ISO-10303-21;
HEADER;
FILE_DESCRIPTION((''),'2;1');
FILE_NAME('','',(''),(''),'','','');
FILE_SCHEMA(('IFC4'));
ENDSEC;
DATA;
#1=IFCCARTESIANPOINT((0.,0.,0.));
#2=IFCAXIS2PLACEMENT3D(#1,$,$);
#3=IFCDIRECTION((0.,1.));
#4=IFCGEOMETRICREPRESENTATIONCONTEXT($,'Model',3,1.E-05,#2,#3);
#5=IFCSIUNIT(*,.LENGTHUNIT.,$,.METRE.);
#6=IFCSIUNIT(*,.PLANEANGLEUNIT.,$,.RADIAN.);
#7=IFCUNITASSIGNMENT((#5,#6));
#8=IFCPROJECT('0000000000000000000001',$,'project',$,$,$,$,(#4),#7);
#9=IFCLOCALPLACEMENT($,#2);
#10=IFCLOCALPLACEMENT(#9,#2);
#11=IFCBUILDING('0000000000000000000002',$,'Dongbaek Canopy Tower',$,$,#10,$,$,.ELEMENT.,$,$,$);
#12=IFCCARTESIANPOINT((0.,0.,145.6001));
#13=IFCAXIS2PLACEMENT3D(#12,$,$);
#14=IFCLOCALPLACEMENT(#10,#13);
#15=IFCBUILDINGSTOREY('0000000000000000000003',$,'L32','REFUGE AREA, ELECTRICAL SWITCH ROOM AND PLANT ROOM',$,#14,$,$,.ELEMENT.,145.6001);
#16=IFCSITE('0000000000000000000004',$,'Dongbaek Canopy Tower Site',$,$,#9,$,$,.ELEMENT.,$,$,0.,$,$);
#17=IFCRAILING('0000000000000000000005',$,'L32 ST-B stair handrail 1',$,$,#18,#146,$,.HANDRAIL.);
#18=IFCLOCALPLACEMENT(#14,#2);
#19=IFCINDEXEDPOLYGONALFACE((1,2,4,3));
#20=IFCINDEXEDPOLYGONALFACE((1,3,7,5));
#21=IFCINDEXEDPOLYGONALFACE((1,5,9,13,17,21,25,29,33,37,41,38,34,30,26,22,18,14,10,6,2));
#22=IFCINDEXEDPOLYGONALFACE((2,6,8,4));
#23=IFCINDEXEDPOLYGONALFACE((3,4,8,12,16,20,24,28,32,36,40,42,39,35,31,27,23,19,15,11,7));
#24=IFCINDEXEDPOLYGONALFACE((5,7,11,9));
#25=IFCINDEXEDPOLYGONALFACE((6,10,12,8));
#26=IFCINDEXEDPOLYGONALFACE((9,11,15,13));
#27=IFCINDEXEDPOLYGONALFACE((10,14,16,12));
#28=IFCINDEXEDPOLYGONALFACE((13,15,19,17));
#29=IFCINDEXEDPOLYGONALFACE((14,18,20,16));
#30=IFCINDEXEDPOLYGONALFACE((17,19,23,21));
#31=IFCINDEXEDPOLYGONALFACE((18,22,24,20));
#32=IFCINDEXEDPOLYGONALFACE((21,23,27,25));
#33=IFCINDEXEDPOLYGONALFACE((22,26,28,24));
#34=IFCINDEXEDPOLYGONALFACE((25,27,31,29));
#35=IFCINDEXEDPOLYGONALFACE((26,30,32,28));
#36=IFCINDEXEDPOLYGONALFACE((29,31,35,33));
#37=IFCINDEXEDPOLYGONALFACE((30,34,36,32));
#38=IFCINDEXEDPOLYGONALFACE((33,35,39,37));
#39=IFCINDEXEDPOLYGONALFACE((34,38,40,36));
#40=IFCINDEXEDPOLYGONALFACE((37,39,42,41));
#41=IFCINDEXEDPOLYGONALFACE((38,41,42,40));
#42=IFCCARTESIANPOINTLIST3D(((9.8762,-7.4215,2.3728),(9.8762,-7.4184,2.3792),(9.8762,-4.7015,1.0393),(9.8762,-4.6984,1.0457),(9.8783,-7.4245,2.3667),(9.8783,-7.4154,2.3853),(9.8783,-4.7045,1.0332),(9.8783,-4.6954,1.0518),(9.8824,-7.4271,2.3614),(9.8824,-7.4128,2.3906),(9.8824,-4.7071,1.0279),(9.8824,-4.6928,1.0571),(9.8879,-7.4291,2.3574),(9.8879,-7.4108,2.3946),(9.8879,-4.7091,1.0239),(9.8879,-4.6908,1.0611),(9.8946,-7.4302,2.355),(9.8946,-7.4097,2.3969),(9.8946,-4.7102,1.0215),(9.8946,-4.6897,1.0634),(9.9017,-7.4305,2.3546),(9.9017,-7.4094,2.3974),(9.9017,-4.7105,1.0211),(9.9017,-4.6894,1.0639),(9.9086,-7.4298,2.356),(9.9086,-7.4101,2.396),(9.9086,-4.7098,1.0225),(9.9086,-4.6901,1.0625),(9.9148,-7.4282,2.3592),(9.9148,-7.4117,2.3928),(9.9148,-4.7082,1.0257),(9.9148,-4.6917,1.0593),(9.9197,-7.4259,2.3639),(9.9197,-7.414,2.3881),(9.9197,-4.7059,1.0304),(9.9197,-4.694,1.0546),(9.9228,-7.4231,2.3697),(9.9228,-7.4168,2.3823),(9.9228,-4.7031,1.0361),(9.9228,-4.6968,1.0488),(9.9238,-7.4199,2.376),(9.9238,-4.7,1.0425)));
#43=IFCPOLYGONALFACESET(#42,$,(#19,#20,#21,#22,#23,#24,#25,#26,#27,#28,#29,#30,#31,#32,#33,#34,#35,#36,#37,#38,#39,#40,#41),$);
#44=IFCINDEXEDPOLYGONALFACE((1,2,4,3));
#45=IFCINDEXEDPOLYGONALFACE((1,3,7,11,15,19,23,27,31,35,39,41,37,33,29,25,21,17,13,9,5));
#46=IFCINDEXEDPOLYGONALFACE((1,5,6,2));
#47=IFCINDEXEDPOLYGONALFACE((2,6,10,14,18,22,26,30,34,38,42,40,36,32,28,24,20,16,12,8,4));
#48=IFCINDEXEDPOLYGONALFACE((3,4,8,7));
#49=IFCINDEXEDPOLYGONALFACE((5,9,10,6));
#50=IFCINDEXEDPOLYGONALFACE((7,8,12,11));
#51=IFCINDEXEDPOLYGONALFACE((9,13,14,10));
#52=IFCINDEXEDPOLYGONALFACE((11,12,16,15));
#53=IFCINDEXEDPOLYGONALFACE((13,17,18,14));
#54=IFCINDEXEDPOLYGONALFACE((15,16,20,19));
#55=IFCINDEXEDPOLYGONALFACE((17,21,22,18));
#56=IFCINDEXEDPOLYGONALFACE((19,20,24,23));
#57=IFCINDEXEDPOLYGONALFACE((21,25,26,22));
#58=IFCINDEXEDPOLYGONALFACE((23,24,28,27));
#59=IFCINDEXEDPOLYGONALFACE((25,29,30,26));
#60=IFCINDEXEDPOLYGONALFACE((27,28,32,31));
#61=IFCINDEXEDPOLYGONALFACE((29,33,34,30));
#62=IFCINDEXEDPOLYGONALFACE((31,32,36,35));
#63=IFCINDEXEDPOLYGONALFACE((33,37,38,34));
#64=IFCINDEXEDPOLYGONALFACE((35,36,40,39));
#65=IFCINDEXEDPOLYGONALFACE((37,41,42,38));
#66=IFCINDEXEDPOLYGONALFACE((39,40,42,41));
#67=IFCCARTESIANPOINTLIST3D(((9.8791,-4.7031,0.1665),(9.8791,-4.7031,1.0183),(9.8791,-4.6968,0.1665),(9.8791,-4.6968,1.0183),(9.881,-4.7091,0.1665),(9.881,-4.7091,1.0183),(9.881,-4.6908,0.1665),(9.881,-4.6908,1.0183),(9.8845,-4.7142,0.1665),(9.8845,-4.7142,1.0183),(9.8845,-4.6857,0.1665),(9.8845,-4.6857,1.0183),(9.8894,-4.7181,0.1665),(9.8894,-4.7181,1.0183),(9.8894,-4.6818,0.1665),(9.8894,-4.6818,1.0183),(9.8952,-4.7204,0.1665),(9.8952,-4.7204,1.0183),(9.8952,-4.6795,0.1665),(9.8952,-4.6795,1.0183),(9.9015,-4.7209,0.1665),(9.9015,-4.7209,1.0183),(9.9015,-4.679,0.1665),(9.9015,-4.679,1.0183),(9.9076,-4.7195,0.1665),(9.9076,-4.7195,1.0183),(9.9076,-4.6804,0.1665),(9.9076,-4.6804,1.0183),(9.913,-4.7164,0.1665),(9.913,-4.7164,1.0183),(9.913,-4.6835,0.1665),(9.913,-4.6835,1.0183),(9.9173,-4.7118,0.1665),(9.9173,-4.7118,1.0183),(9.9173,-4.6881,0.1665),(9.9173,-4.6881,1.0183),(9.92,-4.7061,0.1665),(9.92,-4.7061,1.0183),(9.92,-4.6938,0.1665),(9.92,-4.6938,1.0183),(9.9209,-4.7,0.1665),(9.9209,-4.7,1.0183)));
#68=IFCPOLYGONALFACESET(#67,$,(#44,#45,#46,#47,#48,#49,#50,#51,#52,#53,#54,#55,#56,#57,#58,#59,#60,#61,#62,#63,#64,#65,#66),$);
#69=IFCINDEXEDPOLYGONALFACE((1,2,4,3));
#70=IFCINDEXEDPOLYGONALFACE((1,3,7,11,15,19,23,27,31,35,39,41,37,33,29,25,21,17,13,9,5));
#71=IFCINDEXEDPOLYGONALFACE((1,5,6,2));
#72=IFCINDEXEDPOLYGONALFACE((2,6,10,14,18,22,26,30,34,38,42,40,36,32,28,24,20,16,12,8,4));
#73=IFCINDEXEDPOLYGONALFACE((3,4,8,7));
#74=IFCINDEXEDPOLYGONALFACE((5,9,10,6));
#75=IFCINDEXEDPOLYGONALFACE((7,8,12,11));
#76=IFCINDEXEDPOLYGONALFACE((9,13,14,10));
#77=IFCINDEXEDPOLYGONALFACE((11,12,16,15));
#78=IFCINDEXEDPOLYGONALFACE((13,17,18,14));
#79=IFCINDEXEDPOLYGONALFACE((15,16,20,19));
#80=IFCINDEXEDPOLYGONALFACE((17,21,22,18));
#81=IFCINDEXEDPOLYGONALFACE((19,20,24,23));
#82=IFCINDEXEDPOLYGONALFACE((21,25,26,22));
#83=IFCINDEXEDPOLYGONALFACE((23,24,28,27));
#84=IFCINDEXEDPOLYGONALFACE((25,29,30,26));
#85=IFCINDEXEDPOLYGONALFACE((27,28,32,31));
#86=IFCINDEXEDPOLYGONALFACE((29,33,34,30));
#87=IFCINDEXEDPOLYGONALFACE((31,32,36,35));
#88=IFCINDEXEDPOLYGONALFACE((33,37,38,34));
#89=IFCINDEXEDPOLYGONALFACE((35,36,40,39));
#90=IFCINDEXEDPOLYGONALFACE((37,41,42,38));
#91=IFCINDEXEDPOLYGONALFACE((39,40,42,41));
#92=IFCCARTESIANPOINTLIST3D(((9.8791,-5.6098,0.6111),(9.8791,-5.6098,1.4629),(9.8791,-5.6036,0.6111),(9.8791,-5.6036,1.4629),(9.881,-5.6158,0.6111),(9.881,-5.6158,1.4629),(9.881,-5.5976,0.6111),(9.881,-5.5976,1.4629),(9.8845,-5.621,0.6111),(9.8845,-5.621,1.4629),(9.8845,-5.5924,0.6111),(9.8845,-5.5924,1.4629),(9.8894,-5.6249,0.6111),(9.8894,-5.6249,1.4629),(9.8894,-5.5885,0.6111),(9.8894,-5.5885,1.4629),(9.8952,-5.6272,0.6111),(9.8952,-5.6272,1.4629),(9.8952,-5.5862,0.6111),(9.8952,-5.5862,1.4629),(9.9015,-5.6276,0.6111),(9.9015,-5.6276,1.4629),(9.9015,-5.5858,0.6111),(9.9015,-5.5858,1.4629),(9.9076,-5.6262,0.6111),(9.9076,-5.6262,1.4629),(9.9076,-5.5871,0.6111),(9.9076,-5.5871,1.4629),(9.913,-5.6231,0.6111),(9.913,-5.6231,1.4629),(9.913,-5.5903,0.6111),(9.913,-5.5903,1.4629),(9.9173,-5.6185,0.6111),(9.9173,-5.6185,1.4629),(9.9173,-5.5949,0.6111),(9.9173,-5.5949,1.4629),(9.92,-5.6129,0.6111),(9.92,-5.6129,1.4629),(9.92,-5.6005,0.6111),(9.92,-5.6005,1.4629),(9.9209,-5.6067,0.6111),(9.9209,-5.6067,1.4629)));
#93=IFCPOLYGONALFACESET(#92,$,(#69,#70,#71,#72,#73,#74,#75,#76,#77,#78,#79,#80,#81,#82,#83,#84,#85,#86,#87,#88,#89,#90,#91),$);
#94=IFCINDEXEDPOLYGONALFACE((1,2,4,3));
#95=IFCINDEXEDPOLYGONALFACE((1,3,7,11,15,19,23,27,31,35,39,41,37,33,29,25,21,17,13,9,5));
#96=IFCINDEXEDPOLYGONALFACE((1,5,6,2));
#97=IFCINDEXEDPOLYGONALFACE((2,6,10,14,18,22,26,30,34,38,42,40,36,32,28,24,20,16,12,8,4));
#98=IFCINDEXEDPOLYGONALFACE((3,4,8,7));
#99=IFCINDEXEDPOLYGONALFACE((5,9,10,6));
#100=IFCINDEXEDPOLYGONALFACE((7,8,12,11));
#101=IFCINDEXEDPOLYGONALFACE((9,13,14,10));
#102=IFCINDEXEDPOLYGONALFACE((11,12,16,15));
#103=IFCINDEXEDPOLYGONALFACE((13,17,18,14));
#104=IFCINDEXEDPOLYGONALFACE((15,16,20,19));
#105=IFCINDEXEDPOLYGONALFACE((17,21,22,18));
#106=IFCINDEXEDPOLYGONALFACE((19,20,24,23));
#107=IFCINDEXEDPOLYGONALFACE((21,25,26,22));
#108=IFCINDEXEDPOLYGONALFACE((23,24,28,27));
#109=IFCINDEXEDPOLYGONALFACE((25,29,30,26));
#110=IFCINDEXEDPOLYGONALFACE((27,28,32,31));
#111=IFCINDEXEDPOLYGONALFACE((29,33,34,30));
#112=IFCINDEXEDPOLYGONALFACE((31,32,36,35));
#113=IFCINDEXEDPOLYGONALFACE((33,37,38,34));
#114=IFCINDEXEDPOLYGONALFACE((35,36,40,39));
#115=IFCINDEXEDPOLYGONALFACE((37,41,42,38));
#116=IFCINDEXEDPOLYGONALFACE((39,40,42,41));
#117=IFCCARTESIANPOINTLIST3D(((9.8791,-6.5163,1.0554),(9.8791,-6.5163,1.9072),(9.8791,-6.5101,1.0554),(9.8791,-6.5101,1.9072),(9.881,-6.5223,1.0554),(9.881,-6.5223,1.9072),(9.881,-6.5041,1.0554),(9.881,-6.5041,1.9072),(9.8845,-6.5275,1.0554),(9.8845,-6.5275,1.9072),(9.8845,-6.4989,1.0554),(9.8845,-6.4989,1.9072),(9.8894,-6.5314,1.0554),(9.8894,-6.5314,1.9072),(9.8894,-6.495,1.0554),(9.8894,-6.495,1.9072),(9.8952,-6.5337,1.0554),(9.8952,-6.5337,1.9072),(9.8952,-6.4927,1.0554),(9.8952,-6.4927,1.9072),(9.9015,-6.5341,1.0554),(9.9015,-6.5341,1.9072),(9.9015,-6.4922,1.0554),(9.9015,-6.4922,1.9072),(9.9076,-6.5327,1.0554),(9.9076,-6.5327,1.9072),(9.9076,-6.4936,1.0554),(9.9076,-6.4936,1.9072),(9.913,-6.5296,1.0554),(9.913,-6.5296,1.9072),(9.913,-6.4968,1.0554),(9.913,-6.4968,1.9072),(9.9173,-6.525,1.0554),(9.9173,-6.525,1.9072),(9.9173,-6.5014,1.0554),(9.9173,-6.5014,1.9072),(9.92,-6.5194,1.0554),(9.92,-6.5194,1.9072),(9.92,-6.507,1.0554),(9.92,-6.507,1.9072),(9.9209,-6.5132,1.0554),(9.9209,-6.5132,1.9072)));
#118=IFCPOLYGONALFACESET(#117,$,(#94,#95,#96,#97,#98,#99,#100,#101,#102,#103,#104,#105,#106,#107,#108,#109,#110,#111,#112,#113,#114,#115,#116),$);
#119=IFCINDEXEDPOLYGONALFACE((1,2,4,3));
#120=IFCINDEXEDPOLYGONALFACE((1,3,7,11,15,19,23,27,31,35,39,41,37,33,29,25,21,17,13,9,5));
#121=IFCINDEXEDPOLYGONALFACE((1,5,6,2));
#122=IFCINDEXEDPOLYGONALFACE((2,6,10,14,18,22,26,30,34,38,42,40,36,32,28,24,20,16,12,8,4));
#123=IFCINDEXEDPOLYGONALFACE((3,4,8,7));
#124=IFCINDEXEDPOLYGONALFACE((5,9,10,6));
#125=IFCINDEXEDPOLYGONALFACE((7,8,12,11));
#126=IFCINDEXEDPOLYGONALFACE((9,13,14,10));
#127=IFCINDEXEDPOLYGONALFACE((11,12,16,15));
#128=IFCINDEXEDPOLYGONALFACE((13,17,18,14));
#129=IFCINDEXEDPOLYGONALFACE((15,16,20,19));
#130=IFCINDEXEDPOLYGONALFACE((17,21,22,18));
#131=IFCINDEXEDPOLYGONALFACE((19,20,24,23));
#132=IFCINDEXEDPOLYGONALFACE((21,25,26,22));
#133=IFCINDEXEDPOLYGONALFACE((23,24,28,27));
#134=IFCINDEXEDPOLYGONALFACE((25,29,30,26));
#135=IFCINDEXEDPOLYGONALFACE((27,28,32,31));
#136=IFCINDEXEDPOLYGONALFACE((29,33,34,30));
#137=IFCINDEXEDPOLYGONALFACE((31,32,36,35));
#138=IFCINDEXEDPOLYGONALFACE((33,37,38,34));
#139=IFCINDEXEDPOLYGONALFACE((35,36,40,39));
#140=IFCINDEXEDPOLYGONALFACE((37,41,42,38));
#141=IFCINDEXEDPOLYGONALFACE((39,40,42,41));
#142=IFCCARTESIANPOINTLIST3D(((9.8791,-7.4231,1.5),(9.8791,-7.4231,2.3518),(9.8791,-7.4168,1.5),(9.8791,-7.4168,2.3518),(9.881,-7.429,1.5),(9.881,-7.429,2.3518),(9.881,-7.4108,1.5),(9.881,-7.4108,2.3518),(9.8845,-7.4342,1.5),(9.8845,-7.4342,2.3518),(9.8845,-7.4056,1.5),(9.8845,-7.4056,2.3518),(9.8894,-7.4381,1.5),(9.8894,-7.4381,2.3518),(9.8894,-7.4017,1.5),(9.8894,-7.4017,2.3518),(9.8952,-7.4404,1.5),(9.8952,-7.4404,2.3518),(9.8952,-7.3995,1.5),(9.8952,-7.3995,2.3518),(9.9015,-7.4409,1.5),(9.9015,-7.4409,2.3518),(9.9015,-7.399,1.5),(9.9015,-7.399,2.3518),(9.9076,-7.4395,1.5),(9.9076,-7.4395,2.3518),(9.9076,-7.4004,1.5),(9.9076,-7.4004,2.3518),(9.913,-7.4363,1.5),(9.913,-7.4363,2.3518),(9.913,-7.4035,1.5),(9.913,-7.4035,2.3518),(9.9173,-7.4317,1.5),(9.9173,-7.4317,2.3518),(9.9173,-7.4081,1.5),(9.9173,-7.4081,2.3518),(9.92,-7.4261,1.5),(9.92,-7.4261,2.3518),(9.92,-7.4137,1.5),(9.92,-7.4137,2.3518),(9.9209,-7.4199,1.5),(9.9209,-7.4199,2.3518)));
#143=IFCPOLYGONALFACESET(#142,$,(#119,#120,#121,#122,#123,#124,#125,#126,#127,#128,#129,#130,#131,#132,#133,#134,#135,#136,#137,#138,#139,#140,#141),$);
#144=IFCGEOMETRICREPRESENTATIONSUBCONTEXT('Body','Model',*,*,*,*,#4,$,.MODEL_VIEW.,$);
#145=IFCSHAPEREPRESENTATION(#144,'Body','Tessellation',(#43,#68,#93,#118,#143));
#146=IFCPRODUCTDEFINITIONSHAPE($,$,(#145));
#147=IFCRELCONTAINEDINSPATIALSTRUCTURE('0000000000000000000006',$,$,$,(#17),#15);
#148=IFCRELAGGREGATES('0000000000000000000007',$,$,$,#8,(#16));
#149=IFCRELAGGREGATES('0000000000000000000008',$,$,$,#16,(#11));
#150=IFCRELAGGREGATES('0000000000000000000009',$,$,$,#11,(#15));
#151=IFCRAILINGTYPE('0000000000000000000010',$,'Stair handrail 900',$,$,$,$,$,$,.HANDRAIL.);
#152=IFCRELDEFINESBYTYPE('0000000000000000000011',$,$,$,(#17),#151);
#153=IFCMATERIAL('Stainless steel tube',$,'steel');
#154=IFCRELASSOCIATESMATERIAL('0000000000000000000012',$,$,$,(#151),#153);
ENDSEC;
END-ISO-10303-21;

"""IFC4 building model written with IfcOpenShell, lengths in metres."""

from ifc_helpers import new_model, si_unit, direction, frame, origin, origin_2d, place, context, subcontext, project, spatial, circle, extrude, material, type_object, element, save


model = new_model("IFC4")

# Units and contexts
model_context = context("Model", 3, precision=1e-05, world=origin(), true_north=direction((0.0, 1.0)))
body_context = subcontext(model_context, "Body", "Model", "MODEL_VIEW")
ifc_project = project(units=[si_unit("LENGTHUNIT", "METRE"), si_unit("PLANEANGLEUNIT", "RADIAN")], contexts=[model_context])

# Site, building, storey
site_placement = place(None, origin())
site = spatial("IfcSite", under=ifc_project, at=site_placement, Name="Dongbaek Canopy Tower Site", CompositionType="ELEMENT", RefElevation=0.0)
building_placement = place(site_placement, origin())
building = spatial("IfcBuilding", under=site, at=building_placement, Name="Dongbaek Canopy Tower", CompositionType="ELEMENT")
storey_placement = place(building_placement, frame((0.0, 0.0, 145.6001)))
storey = spatial("IfcBuildingStorey", under=building, at=storey_placement, Name="L32", Description="REFUGE AREA, ELECTRICAL SWITCH ROOM AND PLANT ROOM", CompositionType="ELEMENT", Elevation=145.6001)

# Railing
ifc_material_1 = material(Name="Stainless steel tube", Category="steel")
railing_type_1 = type_object("IfcRailingType", Name="Stair handrail 900", PredefinedType="HANDRAIL", material=ifc_material_1)
railing_1_placement = place(storey_placement, frame((9.8999, -4.7, 0.1665)))
element("IfcRailing", 1, at=railing_1_placement, inside=storey, type_object=railing_type_1, Name="L32 ST-B stair handrail 1", PredefinedType="HANDRAIL", context=body_context, shape_type="SweptSolid", body=[
    extrude(circle(Radius=0.0239, at=origin_2d()), frame((0.0, 0.0, 0.876), z_axis=(0.0, -0.897898, 0.440204), x_axis=(1.0, 0.0, 0.0)), (0.0, 0.0, 1.0), 3.0293),
    extrude(circle(Radius=0.021, at=origin_2d()), origin(), (0.0, 0.0, 1.0), 0.8518),
    extrude(circle(Radius=0.021, at=origin_2d()), frame((0.0, -0.9067, 0.4446)), (0.0, 0.0, 1.0), 0.8518),
    extrude(circle(Radius=0.021, at=origin_2d()), frame((0.0, -1.8132, 0.8889)), (0.0, 0.0, 1.0), 0.8518),
    extrude(circle(Radius=0.021, at=origin_2d()), frame((0.0, -2.72, 1.3335)), (0.0, 0.0, 1.0), 0.8518),
])

save(model, "model.ifc")
